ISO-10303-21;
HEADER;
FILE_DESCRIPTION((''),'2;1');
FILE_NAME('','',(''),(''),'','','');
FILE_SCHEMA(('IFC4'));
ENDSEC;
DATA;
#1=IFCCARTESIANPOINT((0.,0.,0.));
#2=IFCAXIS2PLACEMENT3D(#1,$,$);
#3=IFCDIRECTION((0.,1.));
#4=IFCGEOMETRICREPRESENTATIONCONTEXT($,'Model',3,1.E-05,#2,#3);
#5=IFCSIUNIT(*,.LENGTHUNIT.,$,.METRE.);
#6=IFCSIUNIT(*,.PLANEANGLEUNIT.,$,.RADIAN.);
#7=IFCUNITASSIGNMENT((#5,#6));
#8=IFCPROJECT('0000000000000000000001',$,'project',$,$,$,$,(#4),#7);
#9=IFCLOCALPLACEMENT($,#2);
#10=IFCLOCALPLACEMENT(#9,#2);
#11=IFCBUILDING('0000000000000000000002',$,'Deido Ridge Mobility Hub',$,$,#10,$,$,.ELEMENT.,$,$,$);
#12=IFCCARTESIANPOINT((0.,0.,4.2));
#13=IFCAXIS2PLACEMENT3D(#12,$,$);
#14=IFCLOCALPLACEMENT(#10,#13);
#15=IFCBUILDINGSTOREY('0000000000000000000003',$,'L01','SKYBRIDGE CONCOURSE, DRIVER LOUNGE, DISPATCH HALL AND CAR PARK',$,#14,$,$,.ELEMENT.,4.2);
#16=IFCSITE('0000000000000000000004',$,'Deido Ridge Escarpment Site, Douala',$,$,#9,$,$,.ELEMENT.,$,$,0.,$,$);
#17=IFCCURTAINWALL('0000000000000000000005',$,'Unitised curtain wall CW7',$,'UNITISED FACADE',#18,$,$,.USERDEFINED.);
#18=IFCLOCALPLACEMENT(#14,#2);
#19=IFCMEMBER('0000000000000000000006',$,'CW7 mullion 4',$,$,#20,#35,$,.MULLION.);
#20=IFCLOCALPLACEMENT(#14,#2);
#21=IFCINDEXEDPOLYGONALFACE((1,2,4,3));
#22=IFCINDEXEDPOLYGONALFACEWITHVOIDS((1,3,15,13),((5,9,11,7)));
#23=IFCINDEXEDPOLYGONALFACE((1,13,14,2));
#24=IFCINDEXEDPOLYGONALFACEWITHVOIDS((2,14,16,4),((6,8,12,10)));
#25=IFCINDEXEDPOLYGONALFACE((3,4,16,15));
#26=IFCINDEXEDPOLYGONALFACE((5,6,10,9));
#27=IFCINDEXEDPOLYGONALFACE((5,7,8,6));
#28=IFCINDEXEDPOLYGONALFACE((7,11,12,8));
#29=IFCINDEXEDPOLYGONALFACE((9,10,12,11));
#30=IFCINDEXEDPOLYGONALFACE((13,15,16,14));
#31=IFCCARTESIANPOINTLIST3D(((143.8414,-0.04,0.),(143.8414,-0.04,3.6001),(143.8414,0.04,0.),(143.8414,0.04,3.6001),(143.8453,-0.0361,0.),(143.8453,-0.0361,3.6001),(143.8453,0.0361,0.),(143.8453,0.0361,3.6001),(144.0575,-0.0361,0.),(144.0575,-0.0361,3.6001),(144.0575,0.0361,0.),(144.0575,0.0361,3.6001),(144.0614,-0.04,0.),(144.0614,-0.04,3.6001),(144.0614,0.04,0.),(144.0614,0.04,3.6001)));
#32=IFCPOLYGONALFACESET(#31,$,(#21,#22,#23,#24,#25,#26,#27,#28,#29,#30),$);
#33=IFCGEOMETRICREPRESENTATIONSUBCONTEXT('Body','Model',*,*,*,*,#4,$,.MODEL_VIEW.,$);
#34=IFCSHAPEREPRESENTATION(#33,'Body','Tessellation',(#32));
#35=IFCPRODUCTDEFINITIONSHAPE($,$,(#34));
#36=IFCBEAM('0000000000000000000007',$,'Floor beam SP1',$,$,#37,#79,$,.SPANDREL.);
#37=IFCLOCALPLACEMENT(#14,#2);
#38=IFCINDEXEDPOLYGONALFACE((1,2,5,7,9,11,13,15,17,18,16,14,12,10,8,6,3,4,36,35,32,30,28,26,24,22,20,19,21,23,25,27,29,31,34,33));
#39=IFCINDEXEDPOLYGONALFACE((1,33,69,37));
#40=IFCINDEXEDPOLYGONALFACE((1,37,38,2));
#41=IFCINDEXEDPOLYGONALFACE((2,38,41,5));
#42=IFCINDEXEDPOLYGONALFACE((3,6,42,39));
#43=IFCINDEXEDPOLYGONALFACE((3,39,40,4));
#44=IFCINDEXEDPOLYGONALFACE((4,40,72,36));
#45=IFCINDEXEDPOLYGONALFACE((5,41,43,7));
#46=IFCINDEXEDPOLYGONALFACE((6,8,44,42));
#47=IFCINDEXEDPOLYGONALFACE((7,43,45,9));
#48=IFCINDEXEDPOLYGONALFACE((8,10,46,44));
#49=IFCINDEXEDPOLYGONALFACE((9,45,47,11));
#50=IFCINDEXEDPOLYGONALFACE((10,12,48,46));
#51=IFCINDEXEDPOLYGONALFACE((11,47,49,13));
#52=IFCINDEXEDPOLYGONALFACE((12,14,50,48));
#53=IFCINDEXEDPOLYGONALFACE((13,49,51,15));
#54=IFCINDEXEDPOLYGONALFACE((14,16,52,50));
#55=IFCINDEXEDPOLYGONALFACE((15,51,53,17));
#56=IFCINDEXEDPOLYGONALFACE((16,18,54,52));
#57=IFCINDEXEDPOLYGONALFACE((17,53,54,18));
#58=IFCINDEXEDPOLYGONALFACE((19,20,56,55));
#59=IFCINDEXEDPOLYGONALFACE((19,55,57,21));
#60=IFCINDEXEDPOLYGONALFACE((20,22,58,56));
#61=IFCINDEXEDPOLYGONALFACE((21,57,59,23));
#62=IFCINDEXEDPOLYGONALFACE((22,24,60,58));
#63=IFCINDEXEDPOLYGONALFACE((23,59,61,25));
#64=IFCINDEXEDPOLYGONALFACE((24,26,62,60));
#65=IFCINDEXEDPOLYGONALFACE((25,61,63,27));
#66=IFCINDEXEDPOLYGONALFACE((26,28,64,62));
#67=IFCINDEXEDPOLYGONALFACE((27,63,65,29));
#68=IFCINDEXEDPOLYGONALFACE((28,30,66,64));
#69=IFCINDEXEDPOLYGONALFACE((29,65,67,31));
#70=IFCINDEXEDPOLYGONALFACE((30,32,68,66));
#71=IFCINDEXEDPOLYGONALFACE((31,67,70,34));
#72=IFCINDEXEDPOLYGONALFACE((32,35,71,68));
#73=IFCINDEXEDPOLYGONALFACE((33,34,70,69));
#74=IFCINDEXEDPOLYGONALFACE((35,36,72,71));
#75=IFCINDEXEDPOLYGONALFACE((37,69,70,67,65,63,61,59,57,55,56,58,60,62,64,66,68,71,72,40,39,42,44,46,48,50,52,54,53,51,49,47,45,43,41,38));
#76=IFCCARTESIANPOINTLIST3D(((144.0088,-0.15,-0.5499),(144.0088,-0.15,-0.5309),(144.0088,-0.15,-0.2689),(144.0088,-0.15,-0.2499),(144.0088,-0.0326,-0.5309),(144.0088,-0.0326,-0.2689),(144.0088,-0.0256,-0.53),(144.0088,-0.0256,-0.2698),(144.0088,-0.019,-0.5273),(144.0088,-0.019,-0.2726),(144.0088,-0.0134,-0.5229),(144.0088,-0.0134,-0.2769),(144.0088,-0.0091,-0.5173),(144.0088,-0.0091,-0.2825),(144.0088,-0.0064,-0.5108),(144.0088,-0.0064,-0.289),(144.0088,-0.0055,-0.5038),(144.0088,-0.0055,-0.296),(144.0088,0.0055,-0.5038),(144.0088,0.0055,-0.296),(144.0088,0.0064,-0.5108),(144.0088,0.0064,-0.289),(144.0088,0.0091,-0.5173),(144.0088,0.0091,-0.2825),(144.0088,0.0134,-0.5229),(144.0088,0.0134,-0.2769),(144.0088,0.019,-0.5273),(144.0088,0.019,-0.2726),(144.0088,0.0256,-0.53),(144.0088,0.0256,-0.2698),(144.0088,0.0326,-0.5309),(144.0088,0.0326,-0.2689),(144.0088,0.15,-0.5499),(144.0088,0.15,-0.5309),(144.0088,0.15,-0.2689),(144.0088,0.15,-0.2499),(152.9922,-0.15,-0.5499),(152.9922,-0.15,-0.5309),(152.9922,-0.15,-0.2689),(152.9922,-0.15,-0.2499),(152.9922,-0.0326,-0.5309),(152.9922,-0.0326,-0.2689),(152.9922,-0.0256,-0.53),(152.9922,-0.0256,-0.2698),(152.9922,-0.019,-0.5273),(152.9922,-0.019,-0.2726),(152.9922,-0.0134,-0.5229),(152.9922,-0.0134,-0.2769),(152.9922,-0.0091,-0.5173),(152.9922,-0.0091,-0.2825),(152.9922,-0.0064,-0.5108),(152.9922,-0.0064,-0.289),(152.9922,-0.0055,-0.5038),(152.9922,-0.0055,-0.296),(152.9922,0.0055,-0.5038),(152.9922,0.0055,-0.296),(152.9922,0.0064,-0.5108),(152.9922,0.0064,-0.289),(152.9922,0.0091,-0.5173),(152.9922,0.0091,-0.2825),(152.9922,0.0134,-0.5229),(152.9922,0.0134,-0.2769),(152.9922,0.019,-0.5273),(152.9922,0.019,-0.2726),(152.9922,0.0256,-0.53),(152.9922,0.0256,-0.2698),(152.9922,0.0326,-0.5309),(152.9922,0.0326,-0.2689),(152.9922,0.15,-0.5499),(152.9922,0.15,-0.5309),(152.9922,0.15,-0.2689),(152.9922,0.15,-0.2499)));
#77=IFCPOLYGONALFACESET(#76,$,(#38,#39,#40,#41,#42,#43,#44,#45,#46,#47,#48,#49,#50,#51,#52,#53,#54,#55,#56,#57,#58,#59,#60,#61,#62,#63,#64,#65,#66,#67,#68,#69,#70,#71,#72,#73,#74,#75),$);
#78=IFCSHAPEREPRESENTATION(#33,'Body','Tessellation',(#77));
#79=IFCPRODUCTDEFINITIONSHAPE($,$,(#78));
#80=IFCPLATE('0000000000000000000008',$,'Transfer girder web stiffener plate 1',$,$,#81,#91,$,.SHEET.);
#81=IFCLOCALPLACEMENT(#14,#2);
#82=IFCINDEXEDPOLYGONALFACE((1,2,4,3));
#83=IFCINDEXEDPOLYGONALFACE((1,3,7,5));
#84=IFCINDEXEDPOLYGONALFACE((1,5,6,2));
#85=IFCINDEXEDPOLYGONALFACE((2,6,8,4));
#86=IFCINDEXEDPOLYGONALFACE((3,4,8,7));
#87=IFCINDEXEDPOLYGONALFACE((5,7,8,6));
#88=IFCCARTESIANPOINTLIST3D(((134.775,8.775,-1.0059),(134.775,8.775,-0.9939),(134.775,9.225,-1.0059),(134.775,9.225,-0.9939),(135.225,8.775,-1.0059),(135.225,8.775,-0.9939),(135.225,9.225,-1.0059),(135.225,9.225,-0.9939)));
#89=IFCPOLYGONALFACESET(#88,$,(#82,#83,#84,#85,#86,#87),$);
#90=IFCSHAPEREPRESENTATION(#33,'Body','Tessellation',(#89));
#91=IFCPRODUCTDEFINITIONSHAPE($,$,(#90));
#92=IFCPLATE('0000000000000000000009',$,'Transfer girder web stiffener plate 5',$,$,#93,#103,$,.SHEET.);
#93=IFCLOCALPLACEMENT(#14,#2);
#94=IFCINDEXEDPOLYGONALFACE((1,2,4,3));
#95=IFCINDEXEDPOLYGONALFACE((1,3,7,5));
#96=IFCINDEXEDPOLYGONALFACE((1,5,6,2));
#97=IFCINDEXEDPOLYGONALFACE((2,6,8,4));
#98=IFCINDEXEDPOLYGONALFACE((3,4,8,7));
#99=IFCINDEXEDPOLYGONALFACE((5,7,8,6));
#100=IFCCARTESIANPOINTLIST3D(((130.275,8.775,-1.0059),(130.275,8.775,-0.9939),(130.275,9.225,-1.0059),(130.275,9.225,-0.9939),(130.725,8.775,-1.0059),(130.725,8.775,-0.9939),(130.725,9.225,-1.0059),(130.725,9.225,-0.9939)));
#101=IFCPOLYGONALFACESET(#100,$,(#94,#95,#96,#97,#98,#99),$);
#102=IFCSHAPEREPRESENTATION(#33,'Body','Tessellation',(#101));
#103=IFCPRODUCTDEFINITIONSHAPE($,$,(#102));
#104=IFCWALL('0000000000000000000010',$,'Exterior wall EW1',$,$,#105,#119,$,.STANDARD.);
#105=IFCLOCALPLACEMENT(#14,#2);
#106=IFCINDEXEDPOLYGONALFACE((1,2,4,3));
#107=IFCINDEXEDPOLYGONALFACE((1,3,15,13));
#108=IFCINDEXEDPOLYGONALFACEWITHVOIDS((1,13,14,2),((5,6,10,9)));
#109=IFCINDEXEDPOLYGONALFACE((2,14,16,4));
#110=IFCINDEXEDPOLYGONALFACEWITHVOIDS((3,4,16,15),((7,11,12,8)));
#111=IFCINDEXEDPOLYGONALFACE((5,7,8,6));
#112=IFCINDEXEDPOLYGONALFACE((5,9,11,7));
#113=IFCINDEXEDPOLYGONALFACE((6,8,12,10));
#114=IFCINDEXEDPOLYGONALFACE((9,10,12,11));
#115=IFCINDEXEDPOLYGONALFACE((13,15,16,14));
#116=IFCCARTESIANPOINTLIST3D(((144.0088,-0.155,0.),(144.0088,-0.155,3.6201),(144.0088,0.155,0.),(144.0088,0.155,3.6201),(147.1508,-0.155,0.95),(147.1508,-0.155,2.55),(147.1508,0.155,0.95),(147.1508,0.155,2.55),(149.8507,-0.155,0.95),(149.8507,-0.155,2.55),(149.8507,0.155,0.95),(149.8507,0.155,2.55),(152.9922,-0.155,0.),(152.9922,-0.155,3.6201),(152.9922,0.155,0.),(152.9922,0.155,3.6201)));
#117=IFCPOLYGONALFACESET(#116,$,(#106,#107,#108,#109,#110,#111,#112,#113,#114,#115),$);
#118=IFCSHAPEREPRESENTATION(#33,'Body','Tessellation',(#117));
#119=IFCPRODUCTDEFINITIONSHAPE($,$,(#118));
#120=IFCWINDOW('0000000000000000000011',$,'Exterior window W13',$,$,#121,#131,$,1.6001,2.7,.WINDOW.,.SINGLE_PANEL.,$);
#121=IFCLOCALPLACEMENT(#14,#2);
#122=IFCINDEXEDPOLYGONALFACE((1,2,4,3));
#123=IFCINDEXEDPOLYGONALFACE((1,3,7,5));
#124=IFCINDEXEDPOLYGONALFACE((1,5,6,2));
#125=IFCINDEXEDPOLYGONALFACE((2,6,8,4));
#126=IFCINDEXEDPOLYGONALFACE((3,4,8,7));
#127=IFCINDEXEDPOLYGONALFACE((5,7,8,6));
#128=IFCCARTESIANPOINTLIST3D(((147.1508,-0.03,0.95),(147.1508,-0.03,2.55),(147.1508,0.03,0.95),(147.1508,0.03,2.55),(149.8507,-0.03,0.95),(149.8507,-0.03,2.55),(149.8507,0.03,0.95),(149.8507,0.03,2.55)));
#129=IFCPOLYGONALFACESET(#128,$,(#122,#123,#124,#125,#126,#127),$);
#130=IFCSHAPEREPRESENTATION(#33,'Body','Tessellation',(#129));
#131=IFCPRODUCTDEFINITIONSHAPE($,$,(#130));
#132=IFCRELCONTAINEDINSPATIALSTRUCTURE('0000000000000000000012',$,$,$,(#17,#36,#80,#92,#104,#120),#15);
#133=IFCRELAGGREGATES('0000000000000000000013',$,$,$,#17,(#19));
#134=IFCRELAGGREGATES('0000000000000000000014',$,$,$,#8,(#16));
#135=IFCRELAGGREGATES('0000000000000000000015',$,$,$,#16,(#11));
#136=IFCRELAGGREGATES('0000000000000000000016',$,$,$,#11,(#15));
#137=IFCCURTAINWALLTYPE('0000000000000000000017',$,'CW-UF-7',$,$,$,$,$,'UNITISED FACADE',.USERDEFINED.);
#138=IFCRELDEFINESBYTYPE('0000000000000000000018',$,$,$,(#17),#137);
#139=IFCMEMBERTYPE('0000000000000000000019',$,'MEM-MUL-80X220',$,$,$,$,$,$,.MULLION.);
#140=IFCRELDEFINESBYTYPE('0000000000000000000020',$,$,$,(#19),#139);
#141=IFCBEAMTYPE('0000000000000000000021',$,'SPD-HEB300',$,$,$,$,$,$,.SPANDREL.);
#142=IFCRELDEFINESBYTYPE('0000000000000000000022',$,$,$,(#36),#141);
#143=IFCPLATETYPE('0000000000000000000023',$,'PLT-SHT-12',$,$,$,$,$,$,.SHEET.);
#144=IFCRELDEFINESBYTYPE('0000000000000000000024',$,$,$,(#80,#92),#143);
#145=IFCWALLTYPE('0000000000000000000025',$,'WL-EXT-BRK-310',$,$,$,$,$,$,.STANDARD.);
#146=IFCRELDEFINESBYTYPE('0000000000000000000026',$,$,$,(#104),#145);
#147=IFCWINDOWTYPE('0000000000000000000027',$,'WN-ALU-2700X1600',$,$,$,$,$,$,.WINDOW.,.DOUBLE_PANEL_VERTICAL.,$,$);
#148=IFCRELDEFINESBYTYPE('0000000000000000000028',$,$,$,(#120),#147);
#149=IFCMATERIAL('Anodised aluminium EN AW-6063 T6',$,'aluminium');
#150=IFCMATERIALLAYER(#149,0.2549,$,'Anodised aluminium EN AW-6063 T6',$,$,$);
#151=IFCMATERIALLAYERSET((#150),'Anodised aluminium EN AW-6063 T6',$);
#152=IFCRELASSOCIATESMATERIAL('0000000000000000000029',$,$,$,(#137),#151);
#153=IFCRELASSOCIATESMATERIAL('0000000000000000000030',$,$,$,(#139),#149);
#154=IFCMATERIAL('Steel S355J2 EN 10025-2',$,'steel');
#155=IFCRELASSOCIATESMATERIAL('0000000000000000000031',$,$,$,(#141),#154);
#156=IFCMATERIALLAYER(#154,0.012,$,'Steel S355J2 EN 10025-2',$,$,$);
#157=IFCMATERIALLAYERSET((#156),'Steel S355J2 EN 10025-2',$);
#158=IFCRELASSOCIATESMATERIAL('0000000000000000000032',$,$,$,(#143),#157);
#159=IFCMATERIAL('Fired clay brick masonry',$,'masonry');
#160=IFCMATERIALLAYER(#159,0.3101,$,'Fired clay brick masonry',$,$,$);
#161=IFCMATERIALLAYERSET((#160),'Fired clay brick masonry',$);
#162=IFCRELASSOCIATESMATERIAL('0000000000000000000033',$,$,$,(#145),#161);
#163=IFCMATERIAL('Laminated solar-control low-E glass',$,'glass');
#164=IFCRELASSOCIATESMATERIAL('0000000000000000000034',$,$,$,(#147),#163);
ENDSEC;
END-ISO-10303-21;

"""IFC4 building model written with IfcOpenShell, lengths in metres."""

from ifc_helpers import new_model, si_unit, direction, frame, frame_2d, origin, origin_2d, place, context, subcontext, project, spatial, rectangle, hollow_rectangle, i_section, extrude, material, layer, layer_set, material_profile, profile_set, type_object, element, fill, aggregate, save


model = new_model("IFC4")

# Units and contexts
model_context = context("Model", 3, precision=1e-05, world=origin(), true_north=direction((0.0, 1.0)))
body_context = subcontext(model_context, "Body", "Model", "MODEL_VIEW")
ifc_project = project(units=[si_unit("LENGTHUNIT", "METRE"), si_unit("PLANEANGLEUNIT", "RADIAN")], contexts=[model_context])

# Site, building, storey
site_placement = place(None, origin())
site = spatial("IfcSite", under=ifc_project, at=site_placement, Name="Deido Ridge Escarpment Site, Douala", CompositionType="ELEMENT", RefElevation=0.0)
building_placement = place(site_placement, origin())
building = spatial("IfcBuilding", under=site, at=building_placement, Name="Deido Ridge Mobility Hub", CompositionType="ELEMENT")
storey_placement = place(building_placement, frame((0.0, 0.0, 4.2)))
storey = spatial("IfcBuildingStorey", under=building, at=storey_placement, Name="L01", Description="SKYBRIDGE CONCOURSE, DRIVER LOUNGE, DISPATCH HALL AND CAR PARK", CompositionType="ELEMENT", Elevation=4.2)

# Shared definitions
ifc_material_1 = material(Name="Steel S355J2 EN 10025-2", Category="steel")

# Curtain wall, member
ifc_material_2 = material(Name="Anodised aluminium EN AW-6063 T6", Category="aluminium")
ifc_layer_1 = layer(ifc_material_2, 0.2549, Name="Anodised aluminium EN AW-6063 T6")
ifc_layer_set_1 = layer_set([ifc_layer_1], Name="Anodised aluminium EN AW-6063 T6")
curtain_wall_type = type_object("IfcCurtainWallType", Name="CW-UF-7", ElementType="UNITISED FACADE", PredefinedType="USERDEFINED", material=ifc_layer_set_1)
curtain_wall_placement = place(storey_placement, origin())
curtain_wall = element("IfcCurtainWall", 1, at=curtain_wall_placement, inside=storey, type_object=curtain_wall_type, Name="Unitised curtain wall CW7", ObjectType="UNITISED FACADE", PredefinedType="USERDEFINED")
ifc_material_profile_1 = material_profile(ifc_material_2, hollow_rectangle(XDim=0.0801, YDim=0.22, WallThickness=0.0039, at=origin_2d()), Name="RHS 80x220x4")
ifc_profile_set_1 = profile_set([ifc_material_profile_1], Name="Anodised aluminium EN AW-6063 T6")
member_type = type_object("IfcMemberType", Name="MEM-MUL-80X220", PredefinedType="MULLION", material=ifc_profile_set_1)
member_placement = place(storey_placement, frame((143.9514, 0.0, 0.0), z_axis=(0.0, 0.0, 1.0), x_axis=(0.0, 1.0, 0.0)))
member = element("IfcMember", 2, at=member_placement, type_object=member_type, Name="CW7 mullion 4", PredefinedType="MULLION", context=body_context, shape_type="SweptSolid", body=[
    extrude(hollow_rectangle(XDim=0.0801, YDim=0.22, WallThickness=0.0039, at=origin_2d()), origin(), (0.0, 0.0, 1.0), 3.6001),
])
aggregate(curtain_wall, [member])

# Beam
ifc_material_profile_2 = material_profile(ifc_material_1, i_section(OverallWidth=0.3, OverallDepth=0.3, WebThickness=0.011, FlangeThickness=0.019, FilletRadius=0.0271, at=origin_2d()), Name="HEB 300")
ifc_profile_set_2 = profile_set([ifc_material_profile_2], Name="Steel S355J2 EN 10025-2")
beam_type_1 = type_object("IfcBeamType", Name="SPD-HEB300", PredefinedType="SPANDREL", material=ifc_profile_set_2)
beam_1_placement = place(storey_placement, frame((144.0088, 0.0, -0.3999), z_axis=(1.0, 0.0, 0.0), x_axis=(0.0, 1.0, 0.0)))
element("IfcBeam", 3, at=beam_1_placement, inside=storey, type_object=beam_type_1, Name="Floor beam SP1", PredefinedType="SPANDREL", context=body_context, shape_type="SweptSolid", body=[
    extrude(i_section(OverallWidth=0.3, OverallDepth=0.3, WebThickness=0.011, FlangeThickness=0.019, FilletRadius=0.0271, at=origin_2d()), origin(), (0.0, 0.0, 1.0), 8.9834),
])

# Plates
ifc_layer_2 = layer(ifc_material_1, 0.012, Name="Steel S355J2 EN 10025-2")
ifc_layer_set_2 = layer_set([ifc_layer_2], Name="Steel S355J2 EN 10025-2")
plate_type = type_object("IfcPlateType", Name="PLT-SHT-12", PredefinedType="SHEET", material=ifc_layer_set_2)
for number, where, z_axis, x_axis, name in (
    (4, (135.0, 9.0, -1.0059), (0.0, 0.0, 1.0), (1.0, 0.0, 0.0), "Transfer girder web stiffener plate 1"),
    (5, (130.5, 9.0, -1.0059), (0.0, 0.0, 1.0), (1.0, 0.0, 0.0), "Transfer girder web stiffener plate 5"),
):
    element("IfcPlate", number, at=place(storey_placement, frame(where, z_axis=z_axis, x_axis=x_axis)), inside=storey, type_object=plate_type, Name=name, PredefinedType="SHEET", context=body_context, shape_type="SweptSolid", body=[
        extrude(rectangle(XDim=0.45, YDim=0.45, at=origin_2d()), origin(), (0.0, 0.0, 1.0), 0.012),
    ])

# Wall, opening, window
ifc_material_3 = material(Name="Fired clay brick masonry", Category="masonry")
ifc_layer_3 = layer(ifc_material_3, 0.3101, Name="Fired clay brick masonry")
ifc_layer_set_3 = layer_set([ifc_layer_3], Name="Fired clay brick masonry")
wall_type = type_object("IfcWallType", Name="WL-EXT-BRK-310", PredefinedType="STANDARD", material=ifc_layer_set_3)
wall_placement = place(storey_placement, frame((144.0088, 0.0, 0.0), z_axis=(0.0, 0.0, 1.0), x_axis=(1.0, 0.0, 0.0)))
wall = element("IfcWall", 6, at=wall_placement, inside=storey, type_object=wall_type, Name="Exterior wall EW1", PredefinedType="STANDARD", context=body_context, shape_type="SweptSolid", body=[
    extrude(rectangle(XDim=8.9834, YDim=0.3101, at=frame_2d((4.4917, 0.0))), origin(), (0.0, 0.0, 1.0), 3.6201),
])
opening_placement = place(wall_placement, frame((3.1418, 0.0, 0.95)))
opening = element("IfcOpeningElement", 7, at=opening_placement, cuts=wall, PredefinedType="OPENING", context=body_context, shape_type="SweptSolid", body=[
    extrude(rectangle(XDim=2.7, YDim=1.6001, at=frame_2d((1.3501, 0.8))), frame((0.0, 0.165, 0.0), z_axis=(0.0, -1.0, 0.0), x_axis=(1.0, 0.0, 0.0)), (0.0, 0.0, 1.0), 0.3301),
])
ifc_material_4 = material(Name="Laminated solar-control low-E glass", Category="glass")
window_type = type_object("IfcWindowType", Name="WN-ALU-2700X1600", PartitioningType="DOUBLE_PANEL_VERTICAL", PredefinedType="WINDOW", material=ifc_material_4)
window_placement = place(opening_placement, origin())
window = element("IfcWindow", 8, at=window_placement, inside=storey, type_object=window_type, Name="Exterior window W13", OverallHeight=1.6001, OverallWidth=2.7, PartitioningType="SINGLE_PANEL", PredefinedType="WINDOW", context=body_context, shape_type="SweptSolid", body=[
    extrude(rectangle(XDim=2.7, YDim=1.6001, at=frame_2d((1.3501, 0.8))), frame((0.0, 0.03, 0.0), z_axis=(0.0, -1.0, 0.0), x_axis=(1.0, 0.0, 0.0)), (0.0, 0.0, 1.0), 0.0601),
])
fill(opening, window)

save(model, "model.ifc")
